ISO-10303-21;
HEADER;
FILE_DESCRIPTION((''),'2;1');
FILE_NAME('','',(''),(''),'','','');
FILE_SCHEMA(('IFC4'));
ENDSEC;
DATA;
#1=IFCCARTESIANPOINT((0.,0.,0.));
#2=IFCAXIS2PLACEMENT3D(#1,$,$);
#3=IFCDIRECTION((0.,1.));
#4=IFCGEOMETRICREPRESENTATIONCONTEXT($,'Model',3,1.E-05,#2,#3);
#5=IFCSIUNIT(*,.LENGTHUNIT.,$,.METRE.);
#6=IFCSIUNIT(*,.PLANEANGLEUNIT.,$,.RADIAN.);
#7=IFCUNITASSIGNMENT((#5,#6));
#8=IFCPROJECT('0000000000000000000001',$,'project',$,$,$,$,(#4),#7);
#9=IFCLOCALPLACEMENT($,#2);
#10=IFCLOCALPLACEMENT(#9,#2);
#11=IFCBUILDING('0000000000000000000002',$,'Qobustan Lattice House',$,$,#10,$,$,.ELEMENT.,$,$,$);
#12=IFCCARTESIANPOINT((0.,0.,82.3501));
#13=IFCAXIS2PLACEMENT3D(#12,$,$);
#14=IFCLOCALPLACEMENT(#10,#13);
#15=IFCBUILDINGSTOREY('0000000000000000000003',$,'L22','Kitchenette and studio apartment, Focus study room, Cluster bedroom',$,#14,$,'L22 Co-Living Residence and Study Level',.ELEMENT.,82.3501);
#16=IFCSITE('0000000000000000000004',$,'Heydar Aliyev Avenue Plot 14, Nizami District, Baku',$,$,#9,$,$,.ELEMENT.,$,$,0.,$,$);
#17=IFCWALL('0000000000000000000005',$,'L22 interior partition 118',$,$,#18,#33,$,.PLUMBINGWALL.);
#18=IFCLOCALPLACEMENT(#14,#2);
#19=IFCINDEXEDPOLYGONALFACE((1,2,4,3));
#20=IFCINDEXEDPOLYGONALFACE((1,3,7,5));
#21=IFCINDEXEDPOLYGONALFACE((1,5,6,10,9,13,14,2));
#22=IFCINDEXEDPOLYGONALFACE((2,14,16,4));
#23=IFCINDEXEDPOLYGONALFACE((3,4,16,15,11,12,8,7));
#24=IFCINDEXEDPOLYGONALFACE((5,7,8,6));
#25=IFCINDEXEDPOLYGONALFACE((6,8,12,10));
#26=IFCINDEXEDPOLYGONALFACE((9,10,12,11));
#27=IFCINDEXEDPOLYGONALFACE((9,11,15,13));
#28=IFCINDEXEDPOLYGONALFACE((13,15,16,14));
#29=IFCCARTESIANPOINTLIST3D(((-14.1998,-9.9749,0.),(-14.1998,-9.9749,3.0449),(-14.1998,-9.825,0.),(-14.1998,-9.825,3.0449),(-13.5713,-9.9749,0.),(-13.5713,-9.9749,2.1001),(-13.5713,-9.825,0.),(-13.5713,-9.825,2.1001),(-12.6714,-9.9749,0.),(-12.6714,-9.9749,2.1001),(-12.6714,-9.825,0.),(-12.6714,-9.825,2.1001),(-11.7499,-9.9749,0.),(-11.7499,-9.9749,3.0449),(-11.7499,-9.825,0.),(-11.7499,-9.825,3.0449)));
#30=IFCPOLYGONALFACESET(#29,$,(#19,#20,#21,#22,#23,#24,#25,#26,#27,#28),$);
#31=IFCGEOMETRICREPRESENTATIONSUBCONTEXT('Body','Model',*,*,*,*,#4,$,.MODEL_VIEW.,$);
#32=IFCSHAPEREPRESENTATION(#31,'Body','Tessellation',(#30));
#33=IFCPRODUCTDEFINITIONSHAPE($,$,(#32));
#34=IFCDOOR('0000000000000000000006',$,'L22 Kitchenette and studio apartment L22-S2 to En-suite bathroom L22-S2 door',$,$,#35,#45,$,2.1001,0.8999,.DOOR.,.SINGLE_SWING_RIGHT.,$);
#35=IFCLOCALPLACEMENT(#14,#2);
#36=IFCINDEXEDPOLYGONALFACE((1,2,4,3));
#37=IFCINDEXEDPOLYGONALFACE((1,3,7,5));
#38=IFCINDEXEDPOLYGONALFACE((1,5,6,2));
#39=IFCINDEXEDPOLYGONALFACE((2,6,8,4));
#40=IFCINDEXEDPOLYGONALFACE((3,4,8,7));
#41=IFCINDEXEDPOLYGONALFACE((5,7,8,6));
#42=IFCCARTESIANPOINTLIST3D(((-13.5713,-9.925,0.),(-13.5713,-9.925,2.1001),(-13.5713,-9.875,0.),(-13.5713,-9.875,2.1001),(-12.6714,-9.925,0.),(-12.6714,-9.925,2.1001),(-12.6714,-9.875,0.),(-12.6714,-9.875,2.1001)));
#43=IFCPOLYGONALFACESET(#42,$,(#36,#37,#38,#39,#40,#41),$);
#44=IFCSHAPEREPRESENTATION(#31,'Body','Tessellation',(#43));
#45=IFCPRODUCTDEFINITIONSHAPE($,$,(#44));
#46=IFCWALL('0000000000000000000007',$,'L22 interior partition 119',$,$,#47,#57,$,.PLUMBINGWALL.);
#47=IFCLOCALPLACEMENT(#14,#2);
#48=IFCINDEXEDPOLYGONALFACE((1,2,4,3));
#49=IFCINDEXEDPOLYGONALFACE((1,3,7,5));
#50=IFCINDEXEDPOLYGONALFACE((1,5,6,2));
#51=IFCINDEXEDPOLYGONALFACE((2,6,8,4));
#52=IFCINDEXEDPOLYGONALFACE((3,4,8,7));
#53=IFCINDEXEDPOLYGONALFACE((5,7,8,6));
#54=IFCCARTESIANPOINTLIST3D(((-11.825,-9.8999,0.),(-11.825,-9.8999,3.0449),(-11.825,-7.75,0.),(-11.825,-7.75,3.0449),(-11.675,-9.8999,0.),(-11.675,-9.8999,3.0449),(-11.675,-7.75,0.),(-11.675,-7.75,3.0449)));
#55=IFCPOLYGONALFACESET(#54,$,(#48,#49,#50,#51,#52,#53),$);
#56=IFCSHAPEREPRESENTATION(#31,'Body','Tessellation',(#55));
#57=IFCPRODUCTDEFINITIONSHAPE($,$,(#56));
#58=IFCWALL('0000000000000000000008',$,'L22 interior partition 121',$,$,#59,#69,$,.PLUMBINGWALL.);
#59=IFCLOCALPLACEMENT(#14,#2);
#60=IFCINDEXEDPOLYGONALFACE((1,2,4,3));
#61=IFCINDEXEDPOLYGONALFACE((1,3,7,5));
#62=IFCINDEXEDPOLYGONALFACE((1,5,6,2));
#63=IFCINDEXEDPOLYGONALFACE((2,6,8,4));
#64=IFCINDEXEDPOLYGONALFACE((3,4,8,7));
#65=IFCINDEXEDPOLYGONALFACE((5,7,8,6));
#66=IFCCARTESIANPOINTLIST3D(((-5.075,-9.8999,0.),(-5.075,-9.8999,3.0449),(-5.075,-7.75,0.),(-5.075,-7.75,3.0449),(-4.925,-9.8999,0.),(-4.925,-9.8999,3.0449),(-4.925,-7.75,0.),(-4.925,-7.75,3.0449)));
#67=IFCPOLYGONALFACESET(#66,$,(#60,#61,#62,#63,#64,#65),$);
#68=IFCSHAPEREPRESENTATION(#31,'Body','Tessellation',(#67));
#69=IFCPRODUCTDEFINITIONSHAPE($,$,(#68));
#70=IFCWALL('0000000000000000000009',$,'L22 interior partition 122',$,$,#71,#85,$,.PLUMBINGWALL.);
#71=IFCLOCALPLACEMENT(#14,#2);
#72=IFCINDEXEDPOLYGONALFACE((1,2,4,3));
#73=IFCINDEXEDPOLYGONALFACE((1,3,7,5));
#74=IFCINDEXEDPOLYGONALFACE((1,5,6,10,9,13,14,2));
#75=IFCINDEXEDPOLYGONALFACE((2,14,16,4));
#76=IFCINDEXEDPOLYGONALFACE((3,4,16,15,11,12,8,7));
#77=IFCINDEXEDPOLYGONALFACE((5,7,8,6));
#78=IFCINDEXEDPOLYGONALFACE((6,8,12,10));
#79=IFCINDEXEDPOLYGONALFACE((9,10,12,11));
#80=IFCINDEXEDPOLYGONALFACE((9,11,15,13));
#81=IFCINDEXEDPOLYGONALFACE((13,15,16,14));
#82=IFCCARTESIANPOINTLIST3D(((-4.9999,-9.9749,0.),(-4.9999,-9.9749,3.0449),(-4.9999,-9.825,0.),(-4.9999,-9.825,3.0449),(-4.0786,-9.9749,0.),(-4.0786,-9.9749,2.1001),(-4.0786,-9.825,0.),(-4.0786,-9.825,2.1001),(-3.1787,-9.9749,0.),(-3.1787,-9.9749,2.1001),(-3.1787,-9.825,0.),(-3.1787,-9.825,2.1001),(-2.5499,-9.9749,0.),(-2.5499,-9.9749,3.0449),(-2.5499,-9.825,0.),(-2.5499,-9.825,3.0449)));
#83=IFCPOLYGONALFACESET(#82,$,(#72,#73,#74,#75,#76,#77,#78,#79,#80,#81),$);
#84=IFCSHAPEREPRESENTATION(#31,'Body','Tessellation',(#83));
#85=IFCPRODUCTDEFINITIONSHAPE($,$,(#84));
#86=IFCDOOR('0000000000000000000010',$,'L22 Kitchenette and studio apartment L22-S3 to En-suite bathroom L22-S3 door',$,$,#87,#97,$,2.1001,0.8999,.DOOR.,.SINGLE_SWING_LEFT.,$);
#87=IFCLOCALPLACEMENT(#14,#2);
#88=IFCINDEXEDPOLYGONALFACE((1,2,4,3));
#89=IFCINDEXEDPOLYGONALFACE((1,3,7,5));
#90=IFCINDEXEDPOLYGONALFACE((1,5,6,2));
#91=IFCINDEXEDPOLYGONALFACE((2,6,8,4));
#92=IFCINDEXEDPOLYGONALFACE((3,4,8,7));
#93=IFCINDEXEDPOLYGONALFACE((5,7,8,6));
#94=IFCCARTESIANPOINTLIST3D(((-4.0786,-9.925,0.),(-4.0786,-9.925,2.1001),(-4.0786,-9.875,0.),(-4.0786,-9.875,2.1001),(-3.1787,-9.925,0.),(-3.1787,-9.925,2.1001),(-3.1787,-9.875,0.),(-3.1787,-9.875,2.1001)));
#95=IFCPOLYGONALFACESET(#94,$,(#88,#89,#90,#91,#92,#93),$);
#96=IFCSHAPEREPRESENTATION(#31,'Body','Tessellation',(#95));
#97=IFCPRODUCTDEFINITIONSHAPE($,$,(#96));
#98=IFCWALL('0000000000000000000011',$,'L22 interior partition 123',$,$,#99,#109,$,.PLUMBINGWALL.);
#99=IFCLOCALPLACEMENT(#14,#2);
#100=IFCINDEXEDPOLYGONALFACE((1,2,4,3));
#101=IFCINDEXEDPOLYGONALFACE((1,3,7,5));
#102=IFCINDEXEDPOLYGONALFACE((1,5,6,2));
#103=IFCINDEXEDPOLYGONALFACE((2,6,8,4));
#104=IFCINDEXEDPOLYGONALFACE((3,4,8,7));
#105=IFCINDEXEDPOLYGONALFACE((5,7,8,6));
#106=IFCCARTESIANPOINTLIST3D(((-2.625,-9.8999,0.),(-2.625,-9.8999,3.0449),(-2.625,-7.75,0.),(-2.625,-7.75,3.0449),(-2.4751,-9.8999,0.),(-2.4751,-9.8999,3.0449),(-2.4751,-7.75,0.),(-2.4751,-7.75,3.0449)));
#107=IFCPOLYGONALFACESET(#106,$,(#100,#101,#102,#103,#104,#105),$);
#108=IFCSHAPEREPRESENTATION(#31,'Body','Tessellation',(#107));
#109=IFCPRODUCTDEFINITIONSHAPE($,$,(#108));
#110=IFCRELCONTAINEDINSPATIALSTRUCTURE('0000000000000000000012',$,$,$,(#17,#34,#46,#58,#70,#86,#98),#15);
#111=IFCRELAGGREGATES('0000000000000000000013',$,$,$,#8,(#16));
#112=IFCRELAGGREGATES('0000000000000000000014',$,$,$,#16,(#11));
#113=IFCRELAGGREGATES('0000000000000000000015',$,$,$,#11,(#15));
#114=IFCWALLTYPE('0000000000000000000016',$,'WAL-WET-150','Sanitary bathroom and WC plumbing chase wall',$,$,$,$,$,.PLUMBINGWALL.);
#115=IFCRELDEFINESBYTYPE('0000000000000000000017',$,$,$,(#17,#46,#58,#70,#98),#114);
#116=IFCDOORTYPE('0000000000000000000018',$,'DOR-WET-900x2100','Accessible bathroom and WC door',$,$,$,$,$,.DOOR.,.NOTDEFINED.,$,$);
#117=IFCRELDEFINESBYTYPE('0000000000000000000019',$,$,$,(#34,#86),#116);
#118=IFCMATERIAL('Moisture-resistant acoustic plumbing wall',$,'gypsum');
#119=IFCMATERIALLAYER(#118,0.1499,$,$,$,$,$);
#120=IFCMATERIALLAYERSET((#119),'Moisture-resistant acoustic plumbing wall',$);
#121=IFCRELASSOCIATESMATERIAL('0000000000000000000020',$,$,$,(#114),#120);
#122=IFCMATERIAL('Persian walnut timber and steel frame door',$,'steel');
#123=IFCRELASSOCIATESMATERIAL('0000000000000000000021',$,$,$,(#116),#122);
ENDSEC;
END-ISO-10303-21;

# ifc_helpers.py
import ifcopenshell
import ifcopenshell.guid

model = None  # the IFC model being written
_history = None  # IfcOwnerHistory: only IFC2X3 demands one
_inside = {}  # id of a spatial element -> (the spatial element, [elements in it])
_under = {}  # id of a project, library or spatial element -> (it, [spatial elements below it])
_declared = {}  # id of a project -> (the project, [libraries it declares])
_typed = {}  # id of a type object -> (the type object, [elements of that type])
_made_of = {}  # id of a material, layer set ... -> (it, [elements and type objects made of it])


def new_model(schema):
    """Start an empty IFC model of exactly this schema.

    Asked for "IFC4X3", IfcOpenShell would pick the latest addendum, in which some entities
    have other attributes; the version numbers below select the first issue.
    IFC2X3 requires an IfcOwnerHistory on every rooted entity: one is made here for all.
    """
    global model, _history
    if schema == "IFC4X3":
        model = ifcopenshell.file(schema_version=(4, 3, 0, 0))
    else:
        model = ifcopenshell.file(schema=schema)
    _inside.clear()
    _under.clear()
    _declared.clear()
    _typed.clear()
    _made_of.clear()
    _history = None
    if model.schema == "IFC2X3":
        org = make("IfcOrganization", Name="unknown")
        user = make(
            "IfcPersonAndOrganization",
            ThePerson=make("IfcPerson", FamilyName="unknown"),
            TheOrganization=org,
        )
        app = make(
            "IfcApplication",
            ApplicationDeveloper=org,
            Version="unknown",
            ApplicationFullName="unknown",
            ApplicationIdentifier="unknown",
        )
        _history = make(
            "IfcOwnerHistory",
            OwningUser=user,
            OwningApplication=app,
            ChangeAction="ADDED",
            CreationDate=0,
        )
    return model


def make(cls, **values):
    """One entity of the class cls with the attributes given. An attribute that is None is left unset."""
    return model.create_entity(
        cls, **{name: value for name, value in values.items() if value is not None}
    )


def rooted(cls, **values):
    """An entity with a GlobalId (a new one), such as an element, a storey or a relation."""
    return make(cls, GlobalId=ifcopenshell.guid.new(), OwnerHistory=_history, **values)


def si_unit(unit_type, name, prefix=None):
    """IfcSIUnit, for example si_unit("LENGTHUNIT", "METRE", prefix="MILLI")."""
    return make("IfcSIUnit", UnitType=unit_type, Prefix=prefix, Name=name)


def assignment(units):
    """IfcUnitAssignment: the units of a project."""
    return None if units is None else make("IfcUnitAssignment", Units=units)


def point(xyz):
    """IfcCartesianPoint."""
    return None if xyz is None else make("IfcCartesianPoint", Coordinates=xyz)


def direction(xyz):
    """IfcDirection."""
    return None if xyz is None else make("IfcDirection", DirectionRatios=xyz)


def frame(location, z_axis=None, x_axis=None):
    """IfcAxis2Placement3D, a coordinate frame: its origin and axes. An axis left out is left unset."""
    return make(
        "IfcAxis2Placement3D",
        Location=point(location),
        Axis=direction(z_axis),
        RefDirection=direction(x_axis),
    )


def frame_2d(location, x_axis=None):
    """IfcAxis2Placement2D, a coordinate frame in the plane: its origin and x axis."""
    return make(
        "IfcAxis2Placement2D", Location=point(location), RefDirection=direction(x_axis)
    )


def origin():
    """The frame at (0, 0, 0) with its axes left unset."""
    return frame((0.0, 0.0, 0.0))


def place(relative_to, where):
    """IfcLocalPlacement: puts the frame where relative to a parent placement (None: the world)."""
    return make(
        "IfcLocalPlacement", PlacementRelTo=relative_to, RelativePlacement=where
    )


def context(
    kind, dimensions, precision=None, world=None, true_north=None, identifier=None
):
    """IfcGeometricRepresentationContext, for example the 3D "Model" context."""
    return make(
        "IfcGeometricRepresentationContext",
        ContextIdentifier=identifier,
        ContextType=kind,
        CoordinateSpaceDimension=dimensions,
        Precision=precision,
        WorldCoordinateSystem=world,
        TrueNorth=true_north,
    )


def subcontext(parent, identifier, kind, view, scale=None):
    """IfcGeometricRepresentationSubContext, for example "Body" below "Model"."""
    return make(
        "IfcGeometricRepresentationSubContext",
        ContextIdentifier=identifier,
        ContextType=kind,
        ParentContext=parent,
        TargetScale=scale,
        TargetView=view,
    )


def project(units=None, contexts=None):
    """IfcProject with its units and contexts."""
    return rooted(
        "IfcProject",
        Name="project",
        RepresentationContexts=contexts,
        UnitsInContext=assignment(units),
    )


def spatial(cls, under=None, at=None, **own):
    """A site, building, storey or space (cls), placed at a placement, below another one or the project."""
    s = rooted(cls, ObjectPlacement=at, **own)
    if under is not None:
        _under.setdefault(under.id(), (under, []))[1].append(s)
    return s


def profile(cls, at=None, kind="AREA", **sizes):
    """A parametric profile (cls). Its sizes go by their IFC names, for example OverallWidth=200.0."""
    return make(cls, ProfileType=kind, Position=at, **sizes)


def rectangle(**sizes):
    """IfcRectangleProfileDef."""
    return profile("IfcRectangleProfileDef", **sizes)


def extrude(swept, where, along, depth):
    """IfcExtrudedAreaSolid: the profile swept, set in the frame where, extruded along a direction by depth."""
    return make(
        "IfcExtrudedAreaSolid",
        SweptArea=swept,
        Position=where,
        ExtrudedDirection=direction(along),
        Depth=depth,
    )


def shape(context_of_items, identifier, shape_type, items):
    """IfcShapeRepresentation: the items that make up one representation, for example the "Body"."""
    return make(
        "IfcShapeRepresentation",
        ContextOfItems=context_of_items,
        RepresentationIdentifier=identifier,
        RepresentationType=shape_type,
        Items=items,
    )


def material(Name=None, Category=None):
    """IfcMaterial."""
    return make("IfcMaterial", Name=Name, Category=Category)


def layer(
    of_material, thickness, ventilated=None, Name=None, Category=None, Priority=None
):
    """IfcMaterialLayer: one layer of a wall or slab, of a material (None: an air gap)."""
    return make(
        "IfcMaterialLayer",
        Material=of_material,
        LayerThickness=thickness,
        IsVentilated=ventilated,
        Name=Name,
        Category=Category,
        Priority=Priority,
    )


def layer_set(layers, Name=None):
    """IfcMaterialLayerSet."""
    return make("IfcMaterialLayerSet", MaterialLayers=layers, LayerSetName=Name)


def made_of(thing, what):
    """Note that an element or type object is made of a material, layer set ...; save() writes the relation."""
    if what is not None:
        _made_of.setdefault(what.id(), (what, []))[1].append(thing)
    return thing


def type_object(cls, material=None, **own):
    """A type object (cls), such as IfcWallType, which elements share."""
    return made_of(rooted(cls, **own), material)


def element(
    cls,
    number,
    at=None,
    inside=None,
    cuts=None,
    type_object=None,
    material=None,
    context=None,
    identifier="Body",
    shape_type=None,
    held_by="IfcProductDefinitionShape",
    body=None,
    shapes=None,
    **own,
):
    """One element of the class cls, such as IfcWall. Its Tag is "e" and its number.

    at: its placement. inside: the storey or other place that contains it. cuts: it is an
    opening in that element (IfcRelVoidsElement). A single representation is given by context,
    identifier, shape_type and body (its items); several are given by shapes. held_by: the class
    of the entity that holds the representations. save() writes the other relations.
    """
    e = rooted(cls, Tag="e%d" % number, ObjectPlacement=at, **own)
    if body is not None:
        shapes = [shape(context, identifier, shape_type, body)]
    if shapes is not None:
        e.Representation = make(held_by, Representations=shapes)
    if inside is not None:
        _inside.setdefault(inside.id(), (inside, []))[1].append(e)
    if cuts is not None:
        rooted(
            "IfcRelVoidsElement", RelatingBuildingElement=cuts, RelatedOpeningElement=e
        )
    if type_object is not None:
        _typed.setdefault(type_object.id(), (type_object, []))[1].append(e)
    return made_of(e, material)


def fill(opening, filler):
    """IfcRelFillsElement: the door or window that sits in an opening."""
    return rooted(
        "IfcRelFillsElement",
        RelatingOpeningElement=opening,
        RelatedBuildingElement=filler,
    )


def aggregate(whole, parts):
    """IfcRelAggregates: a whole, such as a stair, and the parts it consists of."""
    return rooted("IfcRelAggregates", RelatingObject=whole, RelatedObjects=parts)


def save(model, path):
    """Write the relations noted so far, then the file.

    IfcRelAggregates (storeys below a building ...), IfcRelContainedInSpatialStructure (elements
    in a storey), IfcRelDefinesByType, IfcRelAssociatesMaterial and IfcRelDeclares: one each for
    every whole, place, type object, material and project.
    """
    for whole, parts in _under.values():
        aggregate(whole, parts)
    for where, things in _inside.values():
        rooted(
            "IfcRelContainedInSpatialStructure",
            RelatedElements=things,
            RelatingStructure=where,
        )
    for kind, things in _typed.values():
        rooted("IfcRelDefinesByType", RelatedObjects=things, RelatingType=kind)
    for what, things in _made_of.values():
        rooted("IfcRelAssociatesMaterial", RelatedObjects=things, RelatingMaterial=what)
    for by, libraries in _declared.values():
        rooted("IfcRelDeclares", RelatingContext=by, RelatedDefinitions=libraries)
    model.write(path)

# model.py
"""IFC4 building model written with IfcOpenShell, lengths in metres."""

from ifc_helpers import new_model, si_unit, direction, frame, frame_2d, origin, place, context, subcontext, project, spatial, rectangle, extrude, material, layer, layer_set, type_object, element, fill, save


model = new_model("IFC4")

# Units and contexts
model_context = context("Model", 3, precision=1e-05, world=origin(), true_north=direction((0.0, 1.0)))
body_context = subcontext(model_context, "Body", "Model", "MODEL_VIEW")
ifc_project = project(units=[si_unit("LENGTHUNIT", "METRE"), si_unit("PLANEANGLEUNIT", "RADIAN")], contexts=[model_context])

# Site, building, storey
site_placement = place(None, origin())
site = spatial("IfcSite", under=ifc_project, at=site_placement, Name="Heydar Aliyev Avenue Plot 14, Nizami District, Baku", CompositionType="ELEMENT", RefElevation=0.0)
building_placement = place(site_placement, origin())
building = spatial("IfcBuilding", under=site, at=building_placement, Name="Qobustan Lattice House", CompositionType="ELEMENT")
storey_placement = place(building_placement, frame((0.0, 0.0, 82.3501)))
storey = spatial("IfcBuildingStorey", under=building, at=storey_placement, Name="L22", Description="Kitchenette and studio apartment, Focus study room, Cluster bedroom", LongName="L22 Co-Living Residence and Study Level", CompositionType="ELEMENT", Elevation=82.3501)

# Shared definitions
ifc_material_1 = material(Name="Moisture-resistant acoustic plumbing wall", Category="gypsum")
ifc_layer_1 = layer(ifc_material_1, 0.1499)
ifc_layer_set_1 = layer_set([ifc_layer_1], Name="Moisture-resistant acoustic plumbing wall")
wall_type_1 = type_object("IfcWallType", Name="WAL-WET-150", Description="Sanitary bathroom and WC plumbing chase wall", PredefinedType="PLUMBINGWALL", material=ifc_layer_set_1)

# Wall, opening, door
wall_1_placement = place(storey_placement, frame((-14.2, -9.8999, 0.0), z_axis=(0.0, 0.0, 1.0), x_axis=(1.0, 0.0, 0.0)))
wall_1 = element("IfcWall", 1, at=wall_1_placement, inside=storey, type_object=wall_type_1, Name="L22 interior partition 118", PredefinedType="PLUMBINGWALL", context=body_context, shape_type="SweptSolid", body=[
    extrude(rectangle(XDim=2.45, YDim=0.1499, at=frame_2d((1.2251, 0.0))), origin(), (0.0, 0.0, 1.0), 3.0449),
])
opening_1_placement = place(wall_1_placement, frame((0.6287, 0.0, 0.0)))
opening_1 = element("IfcOpeningElement", 2, at=opening_1_placement, cuts=wall_1, PredefinedType="OPENING", context=body_context, shape_type="SweptSolid", body=[
    extrude(rectangle(XDim=0.8999, YDim=2.1001, at=frame_2d((0.45, 1.05))), frame((0.0, 0.085, 0.0), z_axis=(0.0, -1.0, 0.0), x_axis=(1.0, 0.0, 0.0)), (0.0, 0.0, 1.0), 0.1699),
])
ifc_material_2 = material(Name="Persian walnut timber and steel frame door", Category="steel")
door_type_1 = type_object("IfcDoorType", Name="DOR-WET-900x2100", Description="Accessible bathroom and WC door", OperationType="NOTDEFINED", PredefinedType="DOOR", material=ifc_material_2)
door_1_placement = place(opening_1_placement, origin())
door_1 = element("IfcDoor", 3, at=door_1_placement, inside=storey, type_object=door_type_1, Name="L22 Kitchenette and studio apartment L22-S2 to En-suite bathroom L22-S2 door", OperationType="SINGLE_SWING_RIGHT", OverallHeight=2.1001, OverallWidth=0.8999, PredefinedType="DOOR", context=body_context, shape_type="SweptSolid", body=[
    extrude(rectangle(XDim=0.8999, YDim=2.1001, at=frame_2d((0.45, 1.05))), frame((0.0, 0.0249, 0.0), z_axis=(0.0, -1.0, 0.0), x_axis=(1.0, 0.0, 0.0)), (0.0, 0.0, 1.0), 0.05),
])
fill(opening_1, door_1)

# Walls
for number, where, z_axis, x_axis, name in (
    (4, (-11.75, -9.8999, 0.0), (0.0, 0.0, 1.0), (0.0, 1.0, 0.0), "L22 interior partition 119"),
    (5, (-5.0, -7.75, 0.0), (0.0, 0.0, 1.0), (0.0, -1.0, 0.0), "L22 interior partition 121"),
):
    element("IfcWall", number, at=place(storey_placement, frame(where, z_axis=z_axis, x_axis=x_axis)), inside=storey, type_object=wall_type_1, Name=name, PredefinedType="PLUMBINGWALL", context=body_context, shape_type="SweptSolid", body=[
        extrude(rectangle(XDim=2.1499, YDim=0.1499, at=frame_2d((1.075, 0.0))), origin(), (0.0, 0.0, 1.0), 3.0449),
    ])

# Wall, opening, door
wall_2_placement = place(storey_placement, frame((-5.0, -9.8999, 0.0), z_axis=(0.0, 0.0, 1.0), x_axis=(1.0, 0.0, 0.0)))
wall_2 = element("IfcWall", 6, at=wall_2_placement, inside=storey, type_object=wall_type_1, Name="L22 interior partition 122", PredefinedType="PLUMBINGWALL", context=body_context, shape_type="SweptSolid", body=[
    extrude(rectangle(XDim=2.45, YDim=0.1499, at=frame_2d((1.2251, 0.0))), origin(), (0.0, 0.0, 1.0), 3.0449),
])
opening_2_placement = place(wall_2_placement, frame((0.9214, 0.0, 0.0)))
opening_2 = element("IfcOpeningElement", 7, at=opening_2_placement, cuts=wall_2, PredefinedType="OPENING", context=body_context, shape_type="SweptSolid", body=[
    extrude(rectangle(XDim=0.8999, YDim=2.1001, at=frame_2d((0.45, 1.05))), frame((0.0, 0.085, 0.0), z_axis=(0.0, -1.0, 0.0), x_axis=(1.0, 0.0, 0.0)), (0.0, 0.0, 1.0), 0.1699),
])
door_2_placement = place(opening_2_placement, origin())
door_2 = element("IfcDoor", 8, at=door_2_placement, inside=storey, type_object=door_type_1, Name="L22 Kitchenette and studio apartment L22-S3 to En-suite bathroom L22-S3 door", OperationType="SINGLE_SWING_LEFT", OverallHeight=2.1001, OverallWidth=0.8999, PredefinedType="DOOR", context=body_context, shape_type="SweptSolid", body=[
    extrude(rectangle(XDim=0.8999, YDim=2.1001, at=frame_2d((0.45, 1.05))), frame((0.0, 0.0249, 0.0), z_axis=(0.0, -1.0, 0.0), x_axis=(1.0, 0.0, 0.0)), (0.0, 0.0, 1.0), 0.05),
])
fill(opening_2, door_2)

# Wall
wall_3_placement = place(storey_placement, frame((-2.55, -9.8999, 0.0), z_axis=(0.0, 0.0, 1.0), x_axis=(0.0, 1.0, 0.0)))
element("IfcWall", 9, at=wall_3_placement, inside=storey, type_object=wall_type_1, Name="L22 interior partition 123", PredefinedType="PLUMBINGWALL", context=body_context, shape_type="SweptSolid", body=[
    extrude(rectangle(XDim=2.1499, YDim=0.1499, at=frame_2d((1.075, 0.0))), origin(), (0.0, 0.0, 1.0), 3.0449),
])

save(model, "model.ifc")
